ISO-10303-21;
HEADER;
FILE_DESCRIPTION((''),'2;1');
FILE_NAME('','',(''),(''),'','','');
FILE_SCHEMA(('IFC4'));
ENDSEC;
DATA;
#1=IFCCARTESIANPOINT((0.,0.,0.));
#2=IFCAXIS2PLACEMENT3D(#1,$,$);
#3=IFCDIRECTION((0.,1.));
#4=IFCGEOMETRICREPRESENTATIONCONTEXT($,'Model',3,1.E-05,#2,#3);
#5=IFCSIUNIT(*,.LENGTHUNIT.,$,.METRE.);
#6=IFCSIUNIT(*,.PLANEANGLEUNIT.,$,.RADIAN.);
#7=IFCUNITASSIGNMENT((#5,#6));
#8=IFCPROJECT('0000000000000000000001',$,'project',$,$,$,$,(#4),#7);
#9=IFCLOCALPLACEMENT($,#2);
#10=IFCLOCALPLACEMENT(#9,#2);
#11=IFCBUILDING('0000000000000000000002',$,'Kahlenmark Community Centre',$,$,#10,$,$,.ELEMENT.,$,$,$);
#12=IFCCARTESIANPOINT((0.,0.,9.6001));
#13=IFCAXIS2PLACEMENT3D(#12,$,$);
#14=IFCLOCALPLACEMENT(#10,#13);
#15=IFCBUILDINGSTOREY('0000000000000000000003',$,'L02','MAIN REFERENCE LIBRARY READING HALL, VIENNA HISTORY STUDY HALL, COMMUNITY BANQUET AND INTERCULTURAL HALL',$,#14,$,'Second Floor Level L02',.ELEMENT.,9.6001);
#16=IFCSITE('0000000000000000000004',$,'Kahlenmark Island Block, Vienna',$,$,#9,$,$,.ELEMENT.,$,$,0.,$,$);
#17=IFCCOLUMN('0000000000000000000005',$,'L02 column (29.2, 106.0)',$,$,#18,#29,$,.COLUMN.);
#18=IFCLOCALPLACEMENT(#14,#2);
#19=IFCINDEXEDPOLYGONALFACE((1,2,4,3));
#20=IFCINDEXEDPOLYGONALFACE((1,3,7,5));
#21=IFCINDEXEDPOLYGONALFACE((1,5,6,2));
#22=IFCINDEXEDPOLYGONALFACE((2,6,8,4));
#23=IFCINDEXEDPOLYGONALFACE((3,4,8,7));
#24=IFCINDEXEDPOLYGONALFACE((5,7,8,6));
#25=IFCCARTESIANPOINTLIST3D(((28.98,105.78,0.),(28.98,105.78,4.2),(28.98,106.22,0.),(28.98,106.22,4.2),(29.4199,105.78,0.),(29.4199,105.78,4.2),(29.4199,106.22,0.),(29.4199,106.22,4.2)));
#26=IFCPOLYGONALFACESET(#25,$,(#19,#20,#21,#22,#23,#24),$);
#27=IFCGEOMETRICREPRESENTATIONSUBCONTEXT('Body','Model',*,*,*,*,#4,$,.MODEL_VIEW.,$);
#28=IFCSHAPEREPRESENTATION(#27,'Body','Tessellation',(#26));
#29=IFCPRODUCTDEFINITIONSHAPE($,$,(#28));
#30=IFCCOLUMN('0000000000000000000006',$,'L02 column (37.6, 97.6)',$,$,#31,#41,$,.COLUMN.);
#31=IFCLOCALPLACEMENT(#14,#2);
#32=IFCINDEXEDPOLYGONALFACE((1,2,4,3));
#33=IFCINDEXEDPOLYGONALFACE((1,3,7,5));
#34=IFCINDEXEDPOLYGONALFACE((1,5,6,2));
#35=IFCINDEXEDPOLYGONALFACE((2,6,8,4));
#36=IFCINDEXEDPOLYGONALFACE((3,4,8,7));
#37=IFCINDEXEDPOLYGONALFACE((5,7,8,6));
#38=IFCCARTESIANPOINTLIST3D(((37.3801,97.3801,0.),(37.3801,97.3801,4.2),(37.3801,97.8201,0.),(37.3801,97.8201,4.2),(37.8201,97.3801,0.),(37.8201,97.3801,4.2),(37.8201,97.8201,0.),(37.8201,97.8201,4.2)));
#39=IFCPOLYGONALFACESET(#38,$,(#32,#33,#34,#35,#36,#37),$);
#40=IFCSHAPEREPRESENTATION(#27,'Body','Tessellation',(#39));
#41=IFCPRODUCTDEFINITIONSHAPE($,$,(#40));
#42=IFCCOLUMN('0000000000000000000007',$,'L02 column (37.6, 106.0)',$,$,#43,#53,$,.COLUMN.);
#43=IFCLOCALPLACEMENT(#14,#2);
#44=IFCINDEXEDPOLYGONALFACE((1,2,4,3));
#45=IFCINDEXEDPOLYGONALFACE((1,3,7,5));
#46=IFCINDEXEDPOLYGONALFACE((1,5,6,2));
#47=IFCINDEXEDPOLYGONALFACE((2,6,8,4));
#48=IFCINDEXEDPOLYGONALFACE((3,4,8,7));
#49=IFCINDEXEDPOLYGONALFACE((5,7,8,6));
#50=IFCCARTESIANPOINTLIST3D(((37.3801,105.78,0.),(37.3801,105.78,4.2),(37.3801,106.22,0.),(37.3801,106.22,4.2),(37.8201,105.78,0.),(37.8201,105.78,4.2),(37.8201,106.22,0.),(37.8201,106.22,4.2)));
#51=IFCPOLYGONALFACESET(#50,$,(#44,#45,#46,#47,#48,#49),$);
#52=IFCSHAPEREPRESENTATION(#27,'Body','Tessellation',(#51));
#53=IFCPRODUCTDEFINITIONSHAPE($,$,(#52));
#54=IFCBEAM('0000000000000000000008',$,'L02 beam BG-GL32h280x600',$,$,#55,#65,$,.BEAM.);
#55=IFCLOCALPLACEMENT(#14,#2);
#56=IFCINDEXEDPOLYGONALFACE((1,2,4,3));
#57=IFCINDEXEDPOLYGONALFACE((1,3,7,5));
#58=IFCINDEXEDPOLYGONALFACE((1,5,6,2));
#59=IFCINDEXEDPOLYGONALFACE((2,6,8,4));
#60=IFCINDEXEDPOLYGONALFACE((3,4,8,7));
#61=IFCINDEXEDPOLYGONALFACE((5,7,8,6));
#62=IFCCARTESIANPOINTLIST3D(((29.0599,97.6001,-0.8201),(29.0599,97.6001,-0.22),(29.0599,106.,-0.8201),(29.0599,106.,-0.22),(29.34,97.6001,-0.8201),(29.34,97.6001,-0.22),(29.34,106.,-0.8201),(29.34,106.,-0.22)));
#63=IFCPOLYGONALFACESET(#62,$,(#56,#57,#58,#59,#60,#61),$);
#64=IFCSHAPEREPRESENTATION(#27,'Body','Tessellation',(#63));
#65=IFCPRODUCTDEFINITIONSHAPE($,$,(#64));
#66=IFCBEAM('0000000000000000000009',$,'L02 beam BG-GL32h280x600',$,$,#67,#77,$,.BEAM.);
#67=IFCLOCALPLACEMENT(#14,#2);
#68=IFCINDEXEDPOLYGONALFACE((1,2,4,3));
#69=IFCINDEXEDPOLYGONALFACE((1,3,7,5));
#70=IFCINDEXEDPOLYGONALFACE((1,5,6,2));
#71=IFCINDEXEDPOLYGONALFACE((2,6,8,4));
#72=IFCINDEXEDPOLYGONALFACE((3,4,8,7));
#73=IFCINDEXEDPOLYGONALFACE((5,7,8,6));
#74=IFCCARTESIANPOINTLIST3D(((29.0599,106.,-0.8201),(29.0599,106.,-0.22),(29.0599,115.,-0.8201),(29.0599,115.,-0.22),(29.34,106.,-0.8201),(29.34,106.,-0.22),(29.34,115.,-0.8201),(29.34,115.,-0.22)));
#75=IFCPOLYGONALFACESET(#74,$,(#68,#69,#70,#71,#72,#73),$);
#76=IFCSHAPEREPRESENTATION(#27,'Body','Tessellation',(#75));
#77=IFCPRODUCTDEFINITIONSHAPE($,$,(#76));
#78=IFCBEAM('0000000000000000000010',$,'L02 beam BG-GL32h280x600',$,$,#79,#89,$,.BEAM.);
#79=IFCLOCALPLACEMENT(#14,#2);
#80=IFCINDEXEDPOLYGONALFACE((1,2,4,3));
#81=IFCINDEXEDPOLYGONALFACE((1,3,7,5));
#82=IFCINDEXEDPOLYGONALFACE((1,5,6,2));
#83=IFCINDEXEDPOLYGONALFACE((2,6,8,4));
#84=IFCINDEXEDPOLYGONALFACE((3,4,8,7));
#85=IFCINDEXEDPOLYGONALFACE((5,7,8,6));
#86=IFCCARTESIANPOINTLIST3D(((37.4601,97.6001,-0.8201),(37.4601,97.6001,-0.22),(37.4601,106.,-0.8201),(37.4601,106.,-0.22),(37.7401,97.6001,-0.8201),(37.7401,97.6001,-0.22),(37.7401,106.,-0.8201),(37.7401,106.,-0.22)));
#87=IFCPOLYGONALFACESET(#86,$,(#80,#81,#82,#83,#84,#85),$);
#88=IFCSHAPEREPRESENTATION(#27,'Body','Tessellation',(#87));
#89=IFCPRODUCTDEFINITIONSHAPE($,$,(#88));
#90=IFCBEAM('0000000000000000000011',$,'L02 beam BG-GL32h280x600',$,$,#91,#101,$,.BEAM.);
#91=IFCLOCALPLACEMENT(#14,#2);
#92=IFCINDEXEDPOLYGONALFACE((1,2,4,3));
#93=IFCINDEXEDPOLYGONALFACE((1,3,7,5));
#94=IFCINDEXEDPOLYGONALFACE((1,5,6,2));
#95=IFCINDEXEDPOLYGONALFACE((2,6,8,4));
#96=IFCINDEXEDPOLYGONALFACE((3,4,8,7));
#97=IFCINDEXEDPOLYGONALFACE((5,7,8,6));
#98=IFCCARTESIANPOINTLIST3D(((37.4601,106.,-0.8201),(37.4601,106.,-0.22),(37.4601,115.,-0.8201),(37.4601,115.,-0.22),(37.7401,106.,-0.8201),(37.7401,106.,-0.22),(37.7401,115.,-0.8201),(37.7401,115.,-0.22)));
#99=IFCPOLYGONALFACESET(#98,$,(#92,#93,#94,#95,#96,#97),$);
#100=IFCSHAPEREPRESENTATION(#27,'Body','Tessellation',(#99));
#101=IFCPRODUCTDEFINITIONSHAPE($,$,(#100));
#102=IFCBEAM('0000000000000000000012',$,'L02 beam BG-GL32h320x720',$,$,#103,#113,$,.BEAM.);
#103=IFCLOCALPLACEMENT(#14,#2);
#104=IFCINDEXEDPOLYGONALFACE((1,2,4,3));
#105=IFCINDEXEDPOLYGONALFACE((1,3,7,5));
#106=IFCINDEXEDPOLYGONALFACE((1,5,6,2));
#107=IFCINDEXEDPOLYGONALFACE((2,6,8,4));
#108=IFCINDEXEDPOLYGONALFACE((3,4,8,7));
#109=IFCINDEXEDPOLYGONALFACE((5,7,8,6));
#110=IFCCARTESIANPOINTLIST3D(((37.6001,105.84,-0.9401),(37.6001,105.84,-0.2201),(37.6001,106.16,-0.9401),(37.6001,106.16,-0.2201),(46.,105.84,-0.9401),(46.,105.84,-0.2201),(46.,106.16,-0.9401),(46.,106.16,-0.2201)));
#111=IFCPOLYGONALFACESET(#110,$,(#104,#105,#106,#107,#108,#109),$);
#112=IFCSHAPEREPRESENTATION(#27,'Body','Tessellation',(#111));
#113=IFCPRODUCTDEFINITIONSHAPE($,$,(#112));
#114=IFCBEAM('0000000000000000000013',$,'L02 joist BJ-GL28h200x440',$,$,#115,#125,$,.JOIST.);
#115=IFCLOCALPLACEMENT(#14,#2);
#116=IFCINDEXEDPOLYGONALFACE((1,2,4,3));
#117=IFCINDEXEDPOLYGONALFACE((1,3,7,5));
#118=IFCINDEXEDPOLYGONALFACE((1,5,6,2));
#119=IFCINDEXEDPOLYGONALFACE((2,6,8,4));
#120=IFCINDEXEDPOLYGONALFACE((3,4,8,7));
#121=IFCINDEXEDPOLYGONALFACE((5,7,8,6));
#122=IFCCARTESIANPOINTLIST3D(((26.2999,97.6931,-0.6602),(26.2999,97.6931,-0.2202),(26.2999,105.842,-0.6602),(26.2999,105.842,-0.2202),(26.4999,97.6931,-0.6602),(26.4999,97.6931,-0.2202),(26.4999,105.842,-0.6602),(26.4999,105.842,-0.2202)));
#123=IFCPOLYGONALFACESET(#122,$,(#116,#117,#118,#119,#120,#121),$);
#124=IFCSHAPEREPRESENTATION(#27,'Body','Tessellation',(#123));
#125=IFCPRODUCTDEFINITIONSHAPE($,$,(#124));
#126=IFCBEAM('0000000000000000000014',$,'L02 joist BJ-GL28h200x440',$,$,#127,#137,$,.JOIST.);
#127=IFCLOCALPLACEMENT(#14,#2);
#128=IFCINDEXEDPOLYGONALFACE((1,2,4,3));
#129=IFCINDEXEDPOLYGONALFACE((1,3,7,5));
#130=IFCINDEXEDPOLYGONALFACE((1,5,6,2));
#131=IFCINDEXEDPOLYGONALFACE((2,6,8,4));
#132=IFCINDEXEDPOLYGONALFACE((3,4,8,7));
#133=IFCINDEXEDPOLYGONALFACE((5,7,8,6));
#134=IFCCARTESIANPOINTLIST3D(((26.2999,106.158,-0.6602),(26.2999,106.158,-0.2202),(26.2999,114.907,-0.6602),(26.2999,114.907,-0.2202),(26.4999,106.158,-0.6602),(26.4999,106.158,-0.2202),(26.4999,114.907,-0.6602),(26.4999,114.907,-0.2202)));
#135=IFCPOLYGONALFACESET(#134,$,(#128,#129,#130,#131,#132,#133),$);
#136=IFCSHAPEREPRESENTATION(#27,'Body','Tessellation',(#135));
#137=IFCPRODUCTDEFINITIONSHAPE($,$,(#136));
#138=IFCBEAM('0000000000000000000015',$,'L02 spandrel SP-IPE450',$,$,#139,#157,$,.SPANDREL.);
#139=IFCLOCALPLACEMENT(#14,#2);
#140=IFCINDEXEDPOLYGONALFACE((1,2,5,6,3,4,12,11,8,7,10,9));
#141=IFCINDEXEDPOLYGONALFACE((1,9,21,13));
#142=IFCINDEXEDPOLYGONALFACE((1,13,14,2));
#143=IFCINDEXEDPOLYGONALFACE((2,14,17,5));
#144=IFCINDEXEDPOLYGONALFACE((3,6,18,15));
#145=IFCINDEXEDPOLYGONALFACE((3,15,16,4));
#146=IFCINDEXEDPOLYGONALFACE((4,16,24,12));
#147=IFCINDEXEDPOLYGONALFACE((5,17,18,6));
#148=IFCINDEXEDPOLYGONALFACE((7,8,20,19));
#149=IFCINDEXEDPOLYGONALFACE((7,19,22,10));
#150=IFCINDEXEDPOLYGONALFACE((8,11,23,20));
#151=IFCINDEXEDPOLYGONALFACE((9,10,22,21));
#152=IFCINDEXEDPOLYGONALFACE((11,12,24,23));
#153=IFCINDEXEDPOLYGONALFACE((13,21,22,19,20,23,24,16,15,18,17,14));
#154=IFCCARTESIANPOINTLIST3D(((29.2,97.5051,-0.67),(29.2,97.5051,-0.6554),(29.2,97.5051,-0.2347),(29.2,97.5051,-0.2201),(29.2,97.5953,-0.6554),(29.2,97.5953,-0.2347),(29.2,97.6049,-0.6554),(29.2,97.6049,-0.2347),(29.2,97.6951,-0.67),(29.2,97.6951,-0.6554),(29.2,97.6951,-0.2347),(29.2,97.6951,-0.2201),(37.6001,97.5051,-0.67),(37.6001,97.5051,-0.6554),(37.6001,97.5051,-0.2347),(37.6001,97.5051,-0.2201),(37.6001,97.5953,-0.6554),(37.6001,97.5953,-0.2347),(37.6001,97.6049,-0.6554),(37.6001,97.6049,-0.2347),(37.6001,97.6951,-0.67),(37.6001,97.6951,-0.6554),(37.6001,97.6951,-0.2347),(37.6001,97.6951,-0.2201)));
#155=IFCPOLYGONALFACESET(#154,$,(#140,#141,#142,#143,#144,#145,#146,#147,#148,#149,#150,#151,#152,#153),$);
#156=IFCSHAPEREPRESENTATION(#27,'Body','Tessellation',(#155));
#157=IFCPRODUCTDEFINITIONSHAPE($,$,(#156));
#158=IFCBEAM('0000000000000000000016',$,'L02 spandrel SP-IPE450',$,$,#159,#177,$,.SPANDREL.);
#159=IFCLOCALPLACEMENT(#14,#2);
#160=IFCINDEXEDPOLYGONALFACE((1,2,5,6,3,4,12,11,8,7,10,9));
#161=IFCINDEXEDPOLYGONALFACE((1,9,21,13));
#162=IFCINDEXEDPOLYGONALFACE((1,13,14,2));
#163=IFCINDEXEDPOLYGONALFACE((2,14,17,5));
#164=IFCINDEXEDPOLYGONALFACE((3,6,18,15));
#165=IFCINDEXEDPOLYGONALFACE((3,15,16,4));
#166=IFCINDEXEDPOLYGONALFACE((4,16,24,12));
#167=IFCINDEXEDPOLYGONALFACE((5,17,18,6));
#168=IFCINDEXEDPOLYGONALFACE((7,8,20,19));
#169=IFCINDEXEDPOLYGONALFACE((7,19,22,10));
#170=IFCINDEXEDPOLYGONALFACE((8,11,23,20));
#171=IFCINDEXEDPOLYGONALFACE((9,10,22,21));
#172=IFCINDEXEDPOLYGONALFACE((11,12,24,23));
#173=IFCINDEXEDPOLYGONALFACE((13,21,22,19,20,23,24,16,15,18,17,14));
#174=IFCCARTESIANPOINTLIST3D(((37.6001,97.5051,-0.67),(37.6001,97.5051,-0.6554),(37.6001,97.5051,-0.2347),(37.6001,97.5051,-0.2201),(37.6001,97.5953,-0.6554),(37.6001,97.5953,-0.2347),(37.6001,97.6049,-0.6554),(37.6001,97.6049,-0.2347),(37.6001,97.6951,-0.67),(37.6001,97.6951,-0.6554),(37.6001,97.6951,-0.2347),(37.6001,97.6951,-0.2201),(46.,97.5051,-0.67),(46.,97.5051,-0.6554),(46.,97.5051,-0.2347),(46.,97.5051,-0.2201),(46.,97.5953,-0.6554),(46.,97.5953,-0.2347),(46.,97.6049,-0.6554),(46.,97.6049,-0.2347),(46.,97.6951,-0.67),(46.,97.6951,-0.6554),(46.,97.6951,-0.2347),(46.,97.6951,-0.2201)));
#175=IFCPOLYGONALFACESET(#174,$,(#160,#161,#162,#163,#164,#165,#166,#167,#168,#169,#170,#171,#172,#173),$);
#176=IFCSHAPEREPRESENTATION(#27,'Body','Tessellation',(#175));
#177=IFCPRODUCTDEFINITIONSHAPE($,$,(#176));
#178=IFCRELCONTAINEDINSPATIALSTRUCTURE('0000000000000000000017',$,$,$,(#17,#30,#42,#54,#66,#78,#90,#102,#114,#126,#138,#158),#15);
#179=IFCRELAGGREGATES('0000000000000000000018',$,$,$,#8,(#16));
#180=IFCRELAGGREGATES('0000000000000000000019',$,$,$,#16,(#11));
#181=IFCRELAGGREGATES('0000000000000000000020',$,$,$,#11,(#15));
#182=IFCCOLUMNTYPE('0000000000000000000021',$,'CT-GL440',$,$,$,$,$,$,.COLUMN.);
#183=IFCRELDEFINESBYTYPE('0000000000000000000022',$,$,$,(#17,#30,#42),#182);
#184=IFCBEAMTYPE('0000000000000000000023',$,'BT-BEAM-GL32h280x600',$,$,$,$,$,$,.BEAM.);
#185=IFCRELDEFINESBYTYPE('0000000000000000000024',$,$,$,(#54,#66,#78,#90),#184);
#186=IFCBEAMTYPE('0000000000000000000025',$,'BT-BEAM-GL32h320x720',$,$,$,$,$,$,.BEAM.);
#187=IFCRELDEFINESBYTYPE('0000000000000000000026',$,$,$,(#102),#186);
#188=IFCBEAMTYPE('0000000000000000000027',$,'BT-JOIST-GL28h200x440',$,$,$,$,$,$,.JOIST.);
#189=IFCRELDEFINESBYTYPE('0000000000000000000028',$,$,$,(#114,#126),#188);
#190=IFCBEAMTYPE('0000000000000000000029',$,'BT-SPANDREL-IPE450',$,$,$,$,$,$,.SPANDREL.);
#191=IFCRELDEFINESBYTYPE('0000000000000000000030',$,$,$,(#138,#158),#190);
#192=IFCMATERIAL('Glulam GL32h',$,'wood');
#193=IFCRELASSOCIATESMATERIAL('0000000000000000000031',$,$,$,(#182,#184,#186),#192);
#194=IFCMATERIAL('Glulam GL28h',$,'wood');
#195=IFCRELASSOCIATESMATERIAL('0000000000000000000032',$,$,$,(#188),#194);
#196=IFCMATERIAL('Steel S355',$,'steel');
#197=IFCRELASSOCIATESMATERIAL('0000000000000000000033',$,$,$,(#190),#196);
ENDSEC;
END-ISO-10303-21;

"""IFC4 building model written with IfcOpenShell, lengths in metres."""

from ifc_helpers import new_model, si_unit, direction, frame, origin, origin_2d, place, context, subcontext, project, spatial, rectangle, i_section, extrude, material, material_profile, profile_set, type_object, element, save


model = new_model("IFC4")

# Units and contexts
model_context = context("Model", 3, precision=1e-05, world=origin(), true_north=direction((0.0, 1.0)))
body_context = subcontext(model_context, "Body", "Model", "MODEL_VIEW")
ifc_project = project(units=[si_unit("LENGTHUNIT", "METRE"), si_unit("PLANEANGLEUNIT", "RADIAN")], contexts=[model_context])

# Site, building, storey
site_placement = place(None, origin())
site = spatial("IfcSite", under=ifc_project, at=site_placement, Name="Kahlenmark Island Block, Vienna", CompositionType="ELEMENT", RefElevation=0.0)
building_placement = place(site_placement, origin())
building = spatial("IfcBuilding", under=site, at=building_placement, Name="Kahlenmark Community Centre", CompositionType="ELEMENT")
storey_placement = place(building_placement, frame((0.0, 0.0, 9.6001)))
storey = spatial("IfcBuildingStorey", under=building, at=storey_placement, Name="L02", Description="MAIN REFERENCE LIBRARY READING HALL, VIENNA HISTORY STUDY HALL, COMMUNITY BANQUET AND INTERCULTURAL HALL", LongName="Second Floor Level L02", CompositionType="ELEMENT", Elevation=9.6001)

# Columns
ifc_material_1 = material(Name="Glulam GL32h", Category="wood")
ifc_material_profile_1 = material_profile(ifc_material_1, rectangle(XDim=0.4399, YDim=0.4399, at=origin_2d()), Name="GL32h 440x440")
ifc_profile_set_1 = profile_set([ifc_material_profile_1], Name="Glulam GL32h")
column_type = type_object("IfcColumnType", Name="CT-GL440", PredefinedType="COLUMN", material=ifc_profile_set_1)
for number, where, z_axis, x_axis, name in (
    (1, (29.2, 106.0, 0.0), (0.0, 0.0, 1.0), (1.0, 0.0, 0.0), "L02 column (29.2, 106.0)"),
    (2, (37.6001, 97.6001, 0.0), (0.0, 0.0, 1.0), (1.0, 0.0, 0.0), "L02 column (37.6, 97.6)"),
    (3, (37.6001, 106.0, 0.0), (0.0, 0.0, 1.0), (1.0, 0.0, 0.0), "L02 column (37.6, 106.0)"),
):
    element("IfcColumn", number, at=place(storey_placement, frame(where, z_axis=z_axis, x_axis=x_axis)), inside=storey, type_object=column_type, Name=name, PredefinedType="COLUMN", context=body_context, shape_type="SweptSolid", body=[
        extrude(rectangle(XDim=0.4399, YDim=0.4399, at=origin_2d()), origin(), (0.0, 0.0, 1.0), 4.2),
    ])

# Beams
ifc_material_profile_2 = material_profile(ifc_material_1, rectangle(XDim=0.28, YDim=0.6001, at=origin_2d()), Name="GL32h 280x600")
ifc_profile_set_2 = profile_set([ifc_material_profile_2], Name="Glulam GL32h")
beam_type_1 = type_object("IfcBeamType", Name="BT-BEAM-GL32h280x600", PredefinedType="BEAM", material=ifc_profile_set_2)
beam_1_placement = place(storey_placement, frame((29.2, 97.6001, -0.52), z_axis=(0.0, 1.0, 0.0), x_axis=(-1.0, 0.0, 0.0)))
element("IfcBeam", 4, at=beam_1_placement, inside=storey, type_object=beam_type_1, Name="L02 beam BG-GL32h280x600", PredefinedType="BEAM", context=body_context, shape_type="SweptSolid", body=[
    extrude(rectangle(XDim=0.28, YDim=0.6001, at=origin_2d()), origin(), (0.0, 0.0, 1.0), 8.3999),
])
beam_2_placement = place(storey_placement, frame((29.2, 106.0, -0.52), z_axis=(0.0, 1.0, 0.0), x_axis=(-1.0, 0.0, 0.0)))
element("IfcBeam", 5, at=beam_2_placement, inside=storey, type_object=beam_type_1, Name="L02 beam BG-GL32h280x600", PredefinedType="BEAM", context=body_context, shape_type="SweptSolid", body=[
    extrude(rectangle(XDim=0.28, YDim=0.6001, at=origin_2d()), origin(), (0.0, 0.0, 1.0), 9.0),
])
beam_3_placement = place(storey_placement, frame((37.6001, 97.6001, -0.52), z_axis=(0.0, 1.0, 0.0), x_axis=(-1.0, 0.0, 0.0)))
element("IfcBeam", 6, at=beam_3_placement, inside=storey, type_object=beam_type_1, Name="L02 beam BG-GL32h280x600", PredefinedType="BEAM", context=body_context, shape_type="SweptSolid", body=[
    extrude(rectangle(XDim=0.28, YDim=0.6001, at=origin_2d()), origin(), (0.0, 0.0, 1.0), 8.3999),
])
beam_4_placement = place(storey_placement, frame((37.6001, 106.0, -0.52), z_axis=(0.0, 1.0, 0.0), x_axis=(-1.0, 0.0, 0.0)))
element("IfcBeam", 7, at=beam_4_placement, inside=storey, type_object=beam_type_1, Name="L02 beam BG-GL32h280x600", PredefinedType="BEAM", context=body_context, shape_type="SweptSolid", body=[
    extrude(rectangle(XDim=0.28, YDim=0.6001, at=origin_2d()), origin(), (0.0, 0.0, 1.0), 9.0),
])
ifc_material_profile_3 = material_profile(ifc_material_1, rectangle(XDim=0.3201, YDim=0.72, at=origin_2d()), Name="GL32h 320x720")
ifc_profile_set_3 = profile_set([ifc_material_profile_3], Name="Glulam GL32h")
beam_type_2 = type_object("IfcBeamType", Name="BT-BEAM-GL32h320x720", PredefinedType="BEAM", material=ifc_profile_set_3)
beam_5_placement = place(storey_placement, frame((37.6001, 106.0, -0.5801), z_axis=(1.0, 0.0, 0.0), x_axis=(0.0, 1.0, 0.0)))
element("IfcBeam", 8, at=beam_5_placement, inside=storey, type_object=beam_type_2, Name="L02 beam BG-GL32h320x720", PredefinedType="BEAM", context=body_context, shape_type="SweptSolid", body=[
    extrude(rectangle(XDim=0.3201, YDim=0.72, at=origin_2d()), origin(), (0.0, 0.0, 1.0), 8.3999),
])
ifc_material_2 = material(Name="Glulam GL28h", Category="wood")
ifc_material_profile_4 = material_profile(ifc_material_2, rectangle(XDim=0.2, YDim=0.4399, at=origin_2d()), Name="GL28h 200x440")
ifc_profile_set_4 = profile_set([ifc_material_profile_4], Name="Glulam GL28h")
beam_type_3 = type_object("IfcBeamType", Name="BT-JOIST-GL28h200x440", PredefinedType="JOIST", material=ifc_profile_set_4)
beam_6_placement = place(storey_placement, frame((26.3999, 97.6931, -0.4402), z_axis=(0.0, 1.0, 0.0), x_axis=(-1.0, 0.0, 0.0)))
element("IfcBeam", 9, at=beam_6_placement, inside=storey, type_object=beam_type_3, Name="L02 joist BJ-GL28h200x440", PredefinedType="JOIST", context=body_context, shape_type="SweptSolid", body=[
    extrude(rectangle(XDim=0.2, YDim=0.4399, at=origin_2d()), origin(), (0.0, 0.0, 1.0), 8.1489),
])
beam_7_placement = place(storey_placement, frame((26.3999, 106.158, -0.4402), z_axis=(0.0, 1.0, 0.0), x_axis=(-1.0, 0.0, 0.0)))
element("IfcBeam", 10, at=beam_7_placement, inside=storey, type_object=beam_type_3, Name="L02 joist BJ-GL28h200x440", PredefinedType="JOIST", context=body_context, shape_type="SweptSolid", body=[
    extrude(rectangle(XDim=0.2, YDim=0.4399, at=origin_2d()), origin(), (0.0, 0.0, 1.0), 8.749),
])
ifc_material_3 = material(Name="Steel S355", Category="steel")
ifc_material_profile_5 = material_profile(ifc_material_3, i_section(OverallWidth=0.1899, OverallDepth=0.45, WebThickness=0.0095, FlangeThickness=0.0146, at=origin_2d()), Name="IPE 450")
ifc_profile_set_5 = profile_set([ifc_material_profile_5], Name="Steel S355")
beam_type_4 = type_object("IfcBeamType", Name="BT-SPANDREL-IPE450", PredefinedType="SPANDREL", material=ifc_profile_set_5)
beam_8_placement = place(storey_placement, frame((29.2, 97.6001, -0.4451), z_axis=(1.0, 0.0, 0.0), x_axis=(0.0, 1.0, 0.0)))
element("IfcBeam", 11, at=beam_8_placement, inside=storey, type_object=beam_type_4, Name="L02 spandrel SP-IPE450", PredefinedType="SPANDREL", context=body_context, shape_type="SweptSolid", body=[
    extrude(i_section(OverallWidth=0.1899, OverallDepth=0.45, WebThickness=0.0095, FlangeThickness=0.0146, at=origin_2d()), origin(), (0.0, 0.0, 1.0), 8.4001),
])
beam_9_placement = place(storey_placement, frame((37.6001, 97.6001, -0.4451), z_axis=(1.0, 0.0, 0.0), x_axis=(0.0, 1.0, 0.0)))
element("IfcBeam", 12, at=beam_9_placement, inside=storey, type_object=beam_type_4, Name="L02 spandrel SP-IPE450", PredefinedType="SPANDREL", context=body_context, shape_type="SweptSolid", body=[
    extrude(i_section(OverallWidth=0.1899, OverallDepth=0.45, WebThickness=0.0095, FlangeThickness=0.0146, at=origin_2d()), origin(), (0.0, 0.0, 1.0), 8.3999),
])

save(model, "model.ifc")
